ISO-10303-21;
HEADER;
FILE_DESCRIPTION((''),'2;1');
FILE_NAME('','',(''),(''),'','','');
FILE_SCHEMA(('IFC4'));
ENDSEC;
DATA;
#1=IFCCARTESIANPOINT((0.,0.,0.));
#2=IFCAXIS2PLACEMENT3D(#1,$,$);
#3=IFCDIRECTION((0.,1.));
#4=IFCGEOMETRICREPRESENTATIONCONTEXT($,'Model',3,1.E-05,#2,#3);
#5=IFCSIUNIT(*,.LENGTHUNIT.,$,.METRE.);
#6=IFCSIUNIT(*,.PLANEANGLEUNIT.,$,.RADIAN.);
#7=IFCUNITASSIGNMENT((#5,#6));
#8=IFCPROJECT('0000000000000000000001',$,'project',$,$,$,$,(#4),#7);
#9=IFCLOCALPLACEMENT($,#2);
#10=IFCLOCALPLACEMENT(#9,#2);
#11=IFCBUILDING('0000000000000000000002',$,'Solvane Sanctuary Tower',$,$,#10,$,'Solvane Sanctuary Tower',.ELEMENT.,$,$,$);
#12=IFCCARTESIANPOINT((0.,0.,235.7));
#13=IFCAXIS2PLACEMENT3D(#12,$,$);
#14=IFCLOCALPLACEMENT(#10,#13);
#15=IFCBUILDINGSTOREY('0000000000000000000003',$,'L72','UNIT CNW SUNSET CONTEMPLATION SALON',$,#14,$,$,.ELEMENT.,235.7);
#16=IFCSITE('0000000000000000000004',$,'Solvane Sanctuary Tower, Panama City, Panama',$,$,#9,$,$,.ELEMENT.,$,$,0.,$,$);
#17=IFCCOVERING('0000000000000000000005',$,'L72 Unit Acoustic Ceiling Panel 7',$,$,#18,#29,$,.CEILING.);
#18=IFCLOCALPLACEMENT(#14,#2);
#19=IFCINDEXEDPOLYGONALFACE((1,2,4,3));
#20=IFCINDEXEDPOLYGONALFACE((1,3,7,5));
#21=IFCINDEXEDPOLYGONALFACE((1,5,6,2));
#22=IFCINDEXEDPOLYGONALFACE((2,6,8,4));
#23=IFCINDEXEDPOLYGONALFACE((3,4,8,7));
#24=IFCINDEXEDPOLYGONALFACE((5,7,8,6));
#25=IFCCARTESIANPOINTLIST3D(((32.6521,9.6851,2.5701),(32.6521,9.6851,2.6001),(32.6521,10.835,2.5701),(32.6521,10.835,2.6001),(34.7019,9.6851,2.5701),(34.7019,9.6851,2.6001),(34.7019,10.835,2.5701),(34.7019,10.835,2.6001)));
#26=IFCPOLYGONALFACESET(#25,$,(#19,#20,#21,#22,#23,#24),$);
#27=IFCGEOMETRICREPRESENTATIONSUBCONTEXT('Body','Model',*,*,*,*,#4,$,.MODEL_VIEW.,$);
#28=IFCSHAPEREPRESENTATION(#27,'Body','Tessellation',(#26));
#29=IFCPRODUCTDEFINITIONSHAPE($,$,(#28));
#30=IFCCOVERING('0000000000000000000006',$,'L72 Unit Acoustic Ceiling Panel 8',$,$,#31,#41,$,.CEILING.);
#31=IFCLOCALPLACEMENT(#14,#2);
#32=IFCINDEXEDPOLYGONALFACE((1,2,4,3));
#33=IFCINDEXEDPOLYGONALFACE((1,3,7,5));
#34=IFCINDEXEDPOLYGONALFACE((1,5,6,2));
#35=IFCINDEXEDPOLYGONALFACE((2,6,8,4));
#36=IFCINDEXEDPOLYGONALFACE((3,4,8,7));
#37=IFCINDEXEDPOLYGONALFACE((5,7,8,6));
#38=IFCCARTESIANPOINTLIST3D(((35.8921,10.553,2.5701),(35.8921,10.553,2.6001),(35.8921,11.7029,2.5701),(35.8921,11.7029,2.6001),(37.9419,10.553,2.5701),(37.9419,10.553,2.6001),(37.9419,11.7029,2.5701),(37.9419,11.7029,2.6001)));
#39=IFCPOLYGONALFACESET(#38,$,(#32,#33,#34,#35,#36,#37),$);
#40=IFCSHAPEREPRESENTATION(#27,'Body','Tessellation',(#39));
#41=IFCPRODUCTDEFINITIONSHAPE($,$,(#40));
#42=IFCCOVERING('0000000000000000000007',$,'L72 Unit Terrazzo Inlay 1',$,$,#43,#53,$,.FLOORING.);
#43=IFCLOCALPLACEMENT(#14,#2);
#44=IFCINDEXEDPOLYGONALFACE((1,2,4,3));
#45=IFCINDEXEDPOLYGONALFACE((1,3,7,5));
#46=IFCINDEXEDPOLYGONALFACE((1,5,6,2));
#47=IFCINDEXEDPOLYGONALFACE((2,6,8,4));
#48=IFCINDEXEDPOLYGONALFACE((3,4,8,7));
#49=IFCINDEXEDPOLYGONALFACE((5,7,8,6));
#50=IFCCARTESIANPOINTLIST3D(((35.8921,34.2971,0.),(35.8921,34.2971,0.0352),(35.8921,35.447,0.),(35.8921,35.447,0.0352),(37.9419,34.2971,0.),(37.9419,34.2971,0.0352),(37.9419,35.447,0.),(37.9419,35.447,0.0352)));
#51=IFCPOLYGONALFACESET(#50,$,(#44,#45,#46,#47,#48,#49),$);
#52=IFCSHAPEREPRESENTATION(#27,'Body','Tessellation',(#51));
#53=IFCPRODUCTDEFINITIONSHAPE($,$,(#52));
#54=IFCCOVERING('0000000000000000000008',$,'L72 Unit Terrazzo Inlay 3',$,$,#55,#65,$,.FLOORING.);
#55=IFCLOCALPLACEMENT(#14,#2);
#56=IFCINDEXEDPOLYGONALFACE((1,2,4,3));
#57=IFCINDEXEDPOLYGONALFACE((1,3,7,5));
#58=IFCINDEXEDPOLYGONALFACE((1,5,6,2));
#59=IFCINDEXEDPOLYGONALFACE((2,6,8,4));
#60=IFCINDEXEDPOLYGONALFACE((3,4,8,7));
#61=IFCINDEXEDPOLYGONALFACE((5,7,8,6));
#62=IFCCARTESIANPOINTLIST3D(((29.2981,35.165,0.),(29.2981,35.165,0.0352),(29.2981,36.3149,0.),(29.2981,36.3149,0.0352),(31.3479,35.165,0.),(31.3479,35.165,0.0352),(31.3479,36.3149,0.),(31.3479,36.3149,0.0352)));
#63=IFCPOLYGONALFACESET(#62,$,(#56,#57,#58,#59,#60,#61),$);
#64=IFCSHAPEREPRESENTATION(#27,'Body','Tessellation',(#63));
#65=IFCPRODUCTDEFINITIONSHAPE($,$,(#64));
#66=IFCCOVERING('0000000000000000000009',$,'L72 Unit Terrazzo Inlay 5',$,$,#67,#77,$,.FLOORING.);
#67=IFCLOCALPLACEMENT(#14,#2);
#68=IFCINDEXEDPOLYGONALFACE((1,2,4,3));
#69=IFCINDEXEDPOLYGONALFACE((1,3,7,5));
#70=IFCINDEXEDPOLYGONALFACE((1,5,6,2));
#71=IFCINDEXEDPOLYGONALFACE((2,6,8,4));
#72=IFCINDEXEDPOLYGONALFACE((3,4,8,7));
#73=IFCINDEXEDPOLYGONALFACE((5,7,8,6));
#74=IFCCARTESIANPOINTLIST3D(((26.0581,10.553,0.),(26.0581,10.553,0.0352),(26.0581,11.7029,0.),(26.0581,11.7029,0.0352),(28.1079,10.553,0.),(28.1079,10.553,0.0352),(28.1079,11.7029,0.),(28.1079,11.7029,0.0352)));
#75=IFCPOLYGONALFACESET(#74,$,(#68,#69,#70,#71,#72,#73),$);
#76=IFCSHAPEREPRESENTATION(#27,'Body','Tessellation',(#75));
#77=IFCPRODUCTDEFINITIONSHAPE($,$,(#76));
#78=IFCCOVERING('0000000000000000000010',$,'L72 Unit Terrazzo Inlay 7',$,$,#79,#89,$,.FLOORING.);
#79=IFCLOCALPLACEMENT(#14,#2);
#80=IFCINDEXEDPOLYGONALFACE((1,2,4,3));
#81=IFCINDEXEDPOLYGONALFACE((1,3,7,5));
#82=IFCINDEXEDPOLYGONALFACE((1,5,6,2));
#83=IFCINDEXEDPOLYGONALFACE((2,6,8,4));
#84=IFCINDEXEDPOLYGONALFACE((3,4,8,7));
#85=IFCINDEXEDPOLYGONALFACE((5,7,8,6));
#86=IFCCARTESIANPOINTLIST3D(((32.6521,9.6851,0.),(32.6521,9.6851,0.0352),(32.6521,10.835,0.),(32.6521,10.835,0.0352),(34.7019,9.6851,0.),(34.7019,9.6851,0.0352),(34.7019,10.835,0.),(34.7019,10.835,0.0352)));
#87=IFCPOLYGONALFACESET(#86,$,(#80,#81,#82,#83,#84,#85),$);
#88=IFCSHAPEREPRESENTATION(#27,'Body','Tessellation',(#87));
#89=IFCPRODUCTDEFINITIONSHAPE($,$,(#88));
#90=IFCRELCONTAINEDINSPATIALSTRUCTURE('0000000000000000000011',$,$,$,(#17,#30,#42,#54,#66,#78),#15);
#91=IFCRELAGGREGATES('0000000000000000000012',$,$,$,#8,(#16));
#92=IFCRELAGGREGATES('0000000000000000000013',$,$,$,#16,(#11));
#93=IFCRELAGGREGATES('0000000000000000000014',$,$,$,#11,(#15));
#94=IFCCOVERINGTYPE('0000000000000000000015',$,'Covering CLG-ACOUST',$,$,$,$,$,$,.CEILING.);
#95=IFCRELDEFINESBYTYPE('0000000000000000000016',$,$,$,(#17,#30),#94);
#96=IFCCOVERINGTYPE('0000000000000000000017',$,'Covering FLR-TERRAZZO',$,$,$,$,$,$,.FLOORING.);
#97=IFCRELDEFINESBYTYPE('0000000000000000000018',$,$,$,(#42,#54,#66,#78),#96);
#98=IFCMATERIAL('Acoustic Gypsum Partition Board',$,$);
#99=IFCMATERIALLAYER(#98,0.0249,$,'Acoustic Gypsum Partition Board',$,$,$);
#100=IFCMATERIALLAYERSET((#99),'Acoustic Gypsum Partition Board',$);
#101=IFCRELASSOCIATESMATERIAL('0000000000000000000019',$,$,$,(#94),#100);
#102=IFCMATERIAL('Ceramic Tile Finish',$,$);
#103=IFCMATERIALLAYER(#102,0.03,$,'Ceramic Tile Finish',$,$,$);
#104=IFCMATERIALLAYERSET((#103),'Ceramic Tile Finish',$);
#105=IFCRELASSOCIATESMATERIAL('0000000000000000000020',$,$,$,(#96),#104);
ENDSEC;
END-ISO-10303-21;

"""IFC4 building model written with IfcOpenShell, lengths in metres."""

from ifc_helpers import new_model, si_unit, direction, frame, origin, place, context, subcontext, project, spatial, polyline, outline, extrude, material, layer, layer_set, type_object, element, save


model = new_model("IFC4")

# Units and contexts
model_context = context("Model", 3, precision=1e-05, world=origin(), true_north=direction((0.0, 1.0)))
body_context = subcontext(model_context, "Body", "Model", "MODEL_VIEW")
ifc_project = project(units=[si_unit("LENGTHUNIT", "METRE"), si_unit("PLANEANGLEUNIT", "RADIAN")], contexts=[model_context])

# Site, building, storey
site_placement = place(None, origin())
site = spatial("IfcSite", under=ifc_project, at=site_placement, Name="Solvane Sanctuary Tower, Panama City, Panama", CompositionType="ELEMENT", RefElevation=0.0)
building_placement = place(site_placement, origin())
building = spatial("IfcBuilding", under=site, at=building_placement, Name="Solvane Sanctuary Tower", LongName="Solvane Sanctuary Tower", CompositionType="ELEMENT")
storey_placement = place(building_placement, frame((0.0, 0.0, 235.7)))
storey = spatial("IfcBuildingStorey", under=building, at=storey_placement, Name="L72", Description="UNIT CNW SUNSET CONTEMPLATION SALON", CompositionType="ELEMENT", Elevation=235.7)

# Shared definitions
ifc_material_1 = material(Name="Acoustic Gypsum Partition Board")

# Coverings
ifc_layer_1 = layer(ifc_material_1, 0.0249, Name="Acoustic Gypsum Partition Board")
ifc_layer_set_1 = layer_set([ifc_layer_1], Name="Acoustic Gypsum Partition Board")
covering_type_1 = type_object("IfcCoveringType", Name="Covering CLG-ACOUST", PredefinedType="CEILING", material=ifc_layer_set_1)
covering_1_placement = place(storey_placement, frame((0.0, 0.0, 2.5701)))
element("IfcCovering", 1, at=covering_1_placement, inside=storey, type_object=covering_type_1, Name="L72 Unit Acoustic Ceiling Panel 7", PredefinedType="CEILING", context=body_context, shape_type="SweptSolid", body=[
    extrude(outline(polyline([(32.6521, 9.6851), (34.7019, 9.6851), (34.7019, 10.835), (32.6521, 10.835), (32.6521, 9.6851)])), origin(), (0.0, 0.0, 1.0), 0.03),
])
covering_2_placement = place(storey_placement, frame((0.0, 0.0, 2.5701)))
element("IfcCovering", 2, at=covering_2_placement, inside=storey, type_object=covering_type_1, Name="L72 Unit Acoustic Ceiling Panel 8", PredefinedType="CEILING", context=body_context, shape_type="SweptSolid", body=[
    extrude(outline(polyline([(35.8921, 10.553), (37.9419, 10.553), (37.9419, 11.7029), (35.8921, 11.7029), (35.8921, 10.553)])), origin(), (0.0, 0.0, 1.0), 0.03),
])
ifc_material_2 = material(Name="Ceramic Tile Finish")
ifc_layer_2 = layer(ifc_material_2, 0.03, Name="Ceramic Tile Finish")
ifc_layer_set_2 = layer_set([ifc_layer_2], Name="Ceramic Tile Finish")
covering_type_2 = type_object("IfcCoveringType", Name="Covering FLR-TERRAZZO", PredefinedType="FLOORING", material=ifc_layer_set_2)
covering_3_placement = place(storey_placement, origin())
element("IfcCovering", 3, at=covering_3_placement, inside=storey, type_object=covering_type_2, Name="L72 Unit Terrazzo Inlay 1", PredefinedType="FLOORING", context=body_context, shape_type="SweptSolid", body=[
    extrude(outline(polyline([(35.8921, 34.2971), (37.9419, 34.2971), (37.9419, 35.447), (35.8921, 35.447), (35.8921, 34.2971)])), origin(), (0.0, 0.0, 1.0), 0.0352),
])
covering_4_placement = place(storey_placement, origin())
element("IfcCovering", 4, at=covering_4_placement, inside=storey, type_object=covering_type_2, Name="L72 Unit Terrazzo Inlay 3", PredefinedType="FLOORING", context=body_context, shape_type="SweptSolid", body=[
    extrude(outline(polyline([(29.2981, 35.165), (31.3479, 35.165), (31.3479, 36.3149), (29.2981, 36.3149), (29.2981, 35.165)])), origin(), (0.0, 0.0, 1.0), 0.0352),
])
covering_5_placement = place(storey_placement, origin())
element("IfcCovering", 5, at=covering_5_placement, inside=storey, type_object=covering_type_2, Name="L72 Unit Terrazzo Inlay 5", PredefinedType="FLOORING", context=body_context, shape_type="SweptSolid", body=[
    extrude(outline(polyline([(26.0581, 10.553), (28.1079, 10.553), (28.1079, 11.7029), (26.0581, 11.7029), (26.0581, 10.553)])), origin(), (0.0, 0.0, 1.0), 0.0352),
])
covering_6_placement = place(storey_placement, origin())
element("IfcCovering", 6, at=covering_6_placement, inside=storey, type_object=covering_type_2, Name="L72 Unit Terrazzo Inlay 7", PredefinedType="FLOORING", context=body_context, shape_type="SweptSolid", body=[
    extrude(outline(polyline([(32.6521, 9.6851), (34.7019, 9.6851), (34.7019, 10.835), (32.6521, 10.835), (32.6521, 9.6851)])), origin(), (0.0, 0.0, 1.0), 0.0352),
])

save(model, "model.ifc")
